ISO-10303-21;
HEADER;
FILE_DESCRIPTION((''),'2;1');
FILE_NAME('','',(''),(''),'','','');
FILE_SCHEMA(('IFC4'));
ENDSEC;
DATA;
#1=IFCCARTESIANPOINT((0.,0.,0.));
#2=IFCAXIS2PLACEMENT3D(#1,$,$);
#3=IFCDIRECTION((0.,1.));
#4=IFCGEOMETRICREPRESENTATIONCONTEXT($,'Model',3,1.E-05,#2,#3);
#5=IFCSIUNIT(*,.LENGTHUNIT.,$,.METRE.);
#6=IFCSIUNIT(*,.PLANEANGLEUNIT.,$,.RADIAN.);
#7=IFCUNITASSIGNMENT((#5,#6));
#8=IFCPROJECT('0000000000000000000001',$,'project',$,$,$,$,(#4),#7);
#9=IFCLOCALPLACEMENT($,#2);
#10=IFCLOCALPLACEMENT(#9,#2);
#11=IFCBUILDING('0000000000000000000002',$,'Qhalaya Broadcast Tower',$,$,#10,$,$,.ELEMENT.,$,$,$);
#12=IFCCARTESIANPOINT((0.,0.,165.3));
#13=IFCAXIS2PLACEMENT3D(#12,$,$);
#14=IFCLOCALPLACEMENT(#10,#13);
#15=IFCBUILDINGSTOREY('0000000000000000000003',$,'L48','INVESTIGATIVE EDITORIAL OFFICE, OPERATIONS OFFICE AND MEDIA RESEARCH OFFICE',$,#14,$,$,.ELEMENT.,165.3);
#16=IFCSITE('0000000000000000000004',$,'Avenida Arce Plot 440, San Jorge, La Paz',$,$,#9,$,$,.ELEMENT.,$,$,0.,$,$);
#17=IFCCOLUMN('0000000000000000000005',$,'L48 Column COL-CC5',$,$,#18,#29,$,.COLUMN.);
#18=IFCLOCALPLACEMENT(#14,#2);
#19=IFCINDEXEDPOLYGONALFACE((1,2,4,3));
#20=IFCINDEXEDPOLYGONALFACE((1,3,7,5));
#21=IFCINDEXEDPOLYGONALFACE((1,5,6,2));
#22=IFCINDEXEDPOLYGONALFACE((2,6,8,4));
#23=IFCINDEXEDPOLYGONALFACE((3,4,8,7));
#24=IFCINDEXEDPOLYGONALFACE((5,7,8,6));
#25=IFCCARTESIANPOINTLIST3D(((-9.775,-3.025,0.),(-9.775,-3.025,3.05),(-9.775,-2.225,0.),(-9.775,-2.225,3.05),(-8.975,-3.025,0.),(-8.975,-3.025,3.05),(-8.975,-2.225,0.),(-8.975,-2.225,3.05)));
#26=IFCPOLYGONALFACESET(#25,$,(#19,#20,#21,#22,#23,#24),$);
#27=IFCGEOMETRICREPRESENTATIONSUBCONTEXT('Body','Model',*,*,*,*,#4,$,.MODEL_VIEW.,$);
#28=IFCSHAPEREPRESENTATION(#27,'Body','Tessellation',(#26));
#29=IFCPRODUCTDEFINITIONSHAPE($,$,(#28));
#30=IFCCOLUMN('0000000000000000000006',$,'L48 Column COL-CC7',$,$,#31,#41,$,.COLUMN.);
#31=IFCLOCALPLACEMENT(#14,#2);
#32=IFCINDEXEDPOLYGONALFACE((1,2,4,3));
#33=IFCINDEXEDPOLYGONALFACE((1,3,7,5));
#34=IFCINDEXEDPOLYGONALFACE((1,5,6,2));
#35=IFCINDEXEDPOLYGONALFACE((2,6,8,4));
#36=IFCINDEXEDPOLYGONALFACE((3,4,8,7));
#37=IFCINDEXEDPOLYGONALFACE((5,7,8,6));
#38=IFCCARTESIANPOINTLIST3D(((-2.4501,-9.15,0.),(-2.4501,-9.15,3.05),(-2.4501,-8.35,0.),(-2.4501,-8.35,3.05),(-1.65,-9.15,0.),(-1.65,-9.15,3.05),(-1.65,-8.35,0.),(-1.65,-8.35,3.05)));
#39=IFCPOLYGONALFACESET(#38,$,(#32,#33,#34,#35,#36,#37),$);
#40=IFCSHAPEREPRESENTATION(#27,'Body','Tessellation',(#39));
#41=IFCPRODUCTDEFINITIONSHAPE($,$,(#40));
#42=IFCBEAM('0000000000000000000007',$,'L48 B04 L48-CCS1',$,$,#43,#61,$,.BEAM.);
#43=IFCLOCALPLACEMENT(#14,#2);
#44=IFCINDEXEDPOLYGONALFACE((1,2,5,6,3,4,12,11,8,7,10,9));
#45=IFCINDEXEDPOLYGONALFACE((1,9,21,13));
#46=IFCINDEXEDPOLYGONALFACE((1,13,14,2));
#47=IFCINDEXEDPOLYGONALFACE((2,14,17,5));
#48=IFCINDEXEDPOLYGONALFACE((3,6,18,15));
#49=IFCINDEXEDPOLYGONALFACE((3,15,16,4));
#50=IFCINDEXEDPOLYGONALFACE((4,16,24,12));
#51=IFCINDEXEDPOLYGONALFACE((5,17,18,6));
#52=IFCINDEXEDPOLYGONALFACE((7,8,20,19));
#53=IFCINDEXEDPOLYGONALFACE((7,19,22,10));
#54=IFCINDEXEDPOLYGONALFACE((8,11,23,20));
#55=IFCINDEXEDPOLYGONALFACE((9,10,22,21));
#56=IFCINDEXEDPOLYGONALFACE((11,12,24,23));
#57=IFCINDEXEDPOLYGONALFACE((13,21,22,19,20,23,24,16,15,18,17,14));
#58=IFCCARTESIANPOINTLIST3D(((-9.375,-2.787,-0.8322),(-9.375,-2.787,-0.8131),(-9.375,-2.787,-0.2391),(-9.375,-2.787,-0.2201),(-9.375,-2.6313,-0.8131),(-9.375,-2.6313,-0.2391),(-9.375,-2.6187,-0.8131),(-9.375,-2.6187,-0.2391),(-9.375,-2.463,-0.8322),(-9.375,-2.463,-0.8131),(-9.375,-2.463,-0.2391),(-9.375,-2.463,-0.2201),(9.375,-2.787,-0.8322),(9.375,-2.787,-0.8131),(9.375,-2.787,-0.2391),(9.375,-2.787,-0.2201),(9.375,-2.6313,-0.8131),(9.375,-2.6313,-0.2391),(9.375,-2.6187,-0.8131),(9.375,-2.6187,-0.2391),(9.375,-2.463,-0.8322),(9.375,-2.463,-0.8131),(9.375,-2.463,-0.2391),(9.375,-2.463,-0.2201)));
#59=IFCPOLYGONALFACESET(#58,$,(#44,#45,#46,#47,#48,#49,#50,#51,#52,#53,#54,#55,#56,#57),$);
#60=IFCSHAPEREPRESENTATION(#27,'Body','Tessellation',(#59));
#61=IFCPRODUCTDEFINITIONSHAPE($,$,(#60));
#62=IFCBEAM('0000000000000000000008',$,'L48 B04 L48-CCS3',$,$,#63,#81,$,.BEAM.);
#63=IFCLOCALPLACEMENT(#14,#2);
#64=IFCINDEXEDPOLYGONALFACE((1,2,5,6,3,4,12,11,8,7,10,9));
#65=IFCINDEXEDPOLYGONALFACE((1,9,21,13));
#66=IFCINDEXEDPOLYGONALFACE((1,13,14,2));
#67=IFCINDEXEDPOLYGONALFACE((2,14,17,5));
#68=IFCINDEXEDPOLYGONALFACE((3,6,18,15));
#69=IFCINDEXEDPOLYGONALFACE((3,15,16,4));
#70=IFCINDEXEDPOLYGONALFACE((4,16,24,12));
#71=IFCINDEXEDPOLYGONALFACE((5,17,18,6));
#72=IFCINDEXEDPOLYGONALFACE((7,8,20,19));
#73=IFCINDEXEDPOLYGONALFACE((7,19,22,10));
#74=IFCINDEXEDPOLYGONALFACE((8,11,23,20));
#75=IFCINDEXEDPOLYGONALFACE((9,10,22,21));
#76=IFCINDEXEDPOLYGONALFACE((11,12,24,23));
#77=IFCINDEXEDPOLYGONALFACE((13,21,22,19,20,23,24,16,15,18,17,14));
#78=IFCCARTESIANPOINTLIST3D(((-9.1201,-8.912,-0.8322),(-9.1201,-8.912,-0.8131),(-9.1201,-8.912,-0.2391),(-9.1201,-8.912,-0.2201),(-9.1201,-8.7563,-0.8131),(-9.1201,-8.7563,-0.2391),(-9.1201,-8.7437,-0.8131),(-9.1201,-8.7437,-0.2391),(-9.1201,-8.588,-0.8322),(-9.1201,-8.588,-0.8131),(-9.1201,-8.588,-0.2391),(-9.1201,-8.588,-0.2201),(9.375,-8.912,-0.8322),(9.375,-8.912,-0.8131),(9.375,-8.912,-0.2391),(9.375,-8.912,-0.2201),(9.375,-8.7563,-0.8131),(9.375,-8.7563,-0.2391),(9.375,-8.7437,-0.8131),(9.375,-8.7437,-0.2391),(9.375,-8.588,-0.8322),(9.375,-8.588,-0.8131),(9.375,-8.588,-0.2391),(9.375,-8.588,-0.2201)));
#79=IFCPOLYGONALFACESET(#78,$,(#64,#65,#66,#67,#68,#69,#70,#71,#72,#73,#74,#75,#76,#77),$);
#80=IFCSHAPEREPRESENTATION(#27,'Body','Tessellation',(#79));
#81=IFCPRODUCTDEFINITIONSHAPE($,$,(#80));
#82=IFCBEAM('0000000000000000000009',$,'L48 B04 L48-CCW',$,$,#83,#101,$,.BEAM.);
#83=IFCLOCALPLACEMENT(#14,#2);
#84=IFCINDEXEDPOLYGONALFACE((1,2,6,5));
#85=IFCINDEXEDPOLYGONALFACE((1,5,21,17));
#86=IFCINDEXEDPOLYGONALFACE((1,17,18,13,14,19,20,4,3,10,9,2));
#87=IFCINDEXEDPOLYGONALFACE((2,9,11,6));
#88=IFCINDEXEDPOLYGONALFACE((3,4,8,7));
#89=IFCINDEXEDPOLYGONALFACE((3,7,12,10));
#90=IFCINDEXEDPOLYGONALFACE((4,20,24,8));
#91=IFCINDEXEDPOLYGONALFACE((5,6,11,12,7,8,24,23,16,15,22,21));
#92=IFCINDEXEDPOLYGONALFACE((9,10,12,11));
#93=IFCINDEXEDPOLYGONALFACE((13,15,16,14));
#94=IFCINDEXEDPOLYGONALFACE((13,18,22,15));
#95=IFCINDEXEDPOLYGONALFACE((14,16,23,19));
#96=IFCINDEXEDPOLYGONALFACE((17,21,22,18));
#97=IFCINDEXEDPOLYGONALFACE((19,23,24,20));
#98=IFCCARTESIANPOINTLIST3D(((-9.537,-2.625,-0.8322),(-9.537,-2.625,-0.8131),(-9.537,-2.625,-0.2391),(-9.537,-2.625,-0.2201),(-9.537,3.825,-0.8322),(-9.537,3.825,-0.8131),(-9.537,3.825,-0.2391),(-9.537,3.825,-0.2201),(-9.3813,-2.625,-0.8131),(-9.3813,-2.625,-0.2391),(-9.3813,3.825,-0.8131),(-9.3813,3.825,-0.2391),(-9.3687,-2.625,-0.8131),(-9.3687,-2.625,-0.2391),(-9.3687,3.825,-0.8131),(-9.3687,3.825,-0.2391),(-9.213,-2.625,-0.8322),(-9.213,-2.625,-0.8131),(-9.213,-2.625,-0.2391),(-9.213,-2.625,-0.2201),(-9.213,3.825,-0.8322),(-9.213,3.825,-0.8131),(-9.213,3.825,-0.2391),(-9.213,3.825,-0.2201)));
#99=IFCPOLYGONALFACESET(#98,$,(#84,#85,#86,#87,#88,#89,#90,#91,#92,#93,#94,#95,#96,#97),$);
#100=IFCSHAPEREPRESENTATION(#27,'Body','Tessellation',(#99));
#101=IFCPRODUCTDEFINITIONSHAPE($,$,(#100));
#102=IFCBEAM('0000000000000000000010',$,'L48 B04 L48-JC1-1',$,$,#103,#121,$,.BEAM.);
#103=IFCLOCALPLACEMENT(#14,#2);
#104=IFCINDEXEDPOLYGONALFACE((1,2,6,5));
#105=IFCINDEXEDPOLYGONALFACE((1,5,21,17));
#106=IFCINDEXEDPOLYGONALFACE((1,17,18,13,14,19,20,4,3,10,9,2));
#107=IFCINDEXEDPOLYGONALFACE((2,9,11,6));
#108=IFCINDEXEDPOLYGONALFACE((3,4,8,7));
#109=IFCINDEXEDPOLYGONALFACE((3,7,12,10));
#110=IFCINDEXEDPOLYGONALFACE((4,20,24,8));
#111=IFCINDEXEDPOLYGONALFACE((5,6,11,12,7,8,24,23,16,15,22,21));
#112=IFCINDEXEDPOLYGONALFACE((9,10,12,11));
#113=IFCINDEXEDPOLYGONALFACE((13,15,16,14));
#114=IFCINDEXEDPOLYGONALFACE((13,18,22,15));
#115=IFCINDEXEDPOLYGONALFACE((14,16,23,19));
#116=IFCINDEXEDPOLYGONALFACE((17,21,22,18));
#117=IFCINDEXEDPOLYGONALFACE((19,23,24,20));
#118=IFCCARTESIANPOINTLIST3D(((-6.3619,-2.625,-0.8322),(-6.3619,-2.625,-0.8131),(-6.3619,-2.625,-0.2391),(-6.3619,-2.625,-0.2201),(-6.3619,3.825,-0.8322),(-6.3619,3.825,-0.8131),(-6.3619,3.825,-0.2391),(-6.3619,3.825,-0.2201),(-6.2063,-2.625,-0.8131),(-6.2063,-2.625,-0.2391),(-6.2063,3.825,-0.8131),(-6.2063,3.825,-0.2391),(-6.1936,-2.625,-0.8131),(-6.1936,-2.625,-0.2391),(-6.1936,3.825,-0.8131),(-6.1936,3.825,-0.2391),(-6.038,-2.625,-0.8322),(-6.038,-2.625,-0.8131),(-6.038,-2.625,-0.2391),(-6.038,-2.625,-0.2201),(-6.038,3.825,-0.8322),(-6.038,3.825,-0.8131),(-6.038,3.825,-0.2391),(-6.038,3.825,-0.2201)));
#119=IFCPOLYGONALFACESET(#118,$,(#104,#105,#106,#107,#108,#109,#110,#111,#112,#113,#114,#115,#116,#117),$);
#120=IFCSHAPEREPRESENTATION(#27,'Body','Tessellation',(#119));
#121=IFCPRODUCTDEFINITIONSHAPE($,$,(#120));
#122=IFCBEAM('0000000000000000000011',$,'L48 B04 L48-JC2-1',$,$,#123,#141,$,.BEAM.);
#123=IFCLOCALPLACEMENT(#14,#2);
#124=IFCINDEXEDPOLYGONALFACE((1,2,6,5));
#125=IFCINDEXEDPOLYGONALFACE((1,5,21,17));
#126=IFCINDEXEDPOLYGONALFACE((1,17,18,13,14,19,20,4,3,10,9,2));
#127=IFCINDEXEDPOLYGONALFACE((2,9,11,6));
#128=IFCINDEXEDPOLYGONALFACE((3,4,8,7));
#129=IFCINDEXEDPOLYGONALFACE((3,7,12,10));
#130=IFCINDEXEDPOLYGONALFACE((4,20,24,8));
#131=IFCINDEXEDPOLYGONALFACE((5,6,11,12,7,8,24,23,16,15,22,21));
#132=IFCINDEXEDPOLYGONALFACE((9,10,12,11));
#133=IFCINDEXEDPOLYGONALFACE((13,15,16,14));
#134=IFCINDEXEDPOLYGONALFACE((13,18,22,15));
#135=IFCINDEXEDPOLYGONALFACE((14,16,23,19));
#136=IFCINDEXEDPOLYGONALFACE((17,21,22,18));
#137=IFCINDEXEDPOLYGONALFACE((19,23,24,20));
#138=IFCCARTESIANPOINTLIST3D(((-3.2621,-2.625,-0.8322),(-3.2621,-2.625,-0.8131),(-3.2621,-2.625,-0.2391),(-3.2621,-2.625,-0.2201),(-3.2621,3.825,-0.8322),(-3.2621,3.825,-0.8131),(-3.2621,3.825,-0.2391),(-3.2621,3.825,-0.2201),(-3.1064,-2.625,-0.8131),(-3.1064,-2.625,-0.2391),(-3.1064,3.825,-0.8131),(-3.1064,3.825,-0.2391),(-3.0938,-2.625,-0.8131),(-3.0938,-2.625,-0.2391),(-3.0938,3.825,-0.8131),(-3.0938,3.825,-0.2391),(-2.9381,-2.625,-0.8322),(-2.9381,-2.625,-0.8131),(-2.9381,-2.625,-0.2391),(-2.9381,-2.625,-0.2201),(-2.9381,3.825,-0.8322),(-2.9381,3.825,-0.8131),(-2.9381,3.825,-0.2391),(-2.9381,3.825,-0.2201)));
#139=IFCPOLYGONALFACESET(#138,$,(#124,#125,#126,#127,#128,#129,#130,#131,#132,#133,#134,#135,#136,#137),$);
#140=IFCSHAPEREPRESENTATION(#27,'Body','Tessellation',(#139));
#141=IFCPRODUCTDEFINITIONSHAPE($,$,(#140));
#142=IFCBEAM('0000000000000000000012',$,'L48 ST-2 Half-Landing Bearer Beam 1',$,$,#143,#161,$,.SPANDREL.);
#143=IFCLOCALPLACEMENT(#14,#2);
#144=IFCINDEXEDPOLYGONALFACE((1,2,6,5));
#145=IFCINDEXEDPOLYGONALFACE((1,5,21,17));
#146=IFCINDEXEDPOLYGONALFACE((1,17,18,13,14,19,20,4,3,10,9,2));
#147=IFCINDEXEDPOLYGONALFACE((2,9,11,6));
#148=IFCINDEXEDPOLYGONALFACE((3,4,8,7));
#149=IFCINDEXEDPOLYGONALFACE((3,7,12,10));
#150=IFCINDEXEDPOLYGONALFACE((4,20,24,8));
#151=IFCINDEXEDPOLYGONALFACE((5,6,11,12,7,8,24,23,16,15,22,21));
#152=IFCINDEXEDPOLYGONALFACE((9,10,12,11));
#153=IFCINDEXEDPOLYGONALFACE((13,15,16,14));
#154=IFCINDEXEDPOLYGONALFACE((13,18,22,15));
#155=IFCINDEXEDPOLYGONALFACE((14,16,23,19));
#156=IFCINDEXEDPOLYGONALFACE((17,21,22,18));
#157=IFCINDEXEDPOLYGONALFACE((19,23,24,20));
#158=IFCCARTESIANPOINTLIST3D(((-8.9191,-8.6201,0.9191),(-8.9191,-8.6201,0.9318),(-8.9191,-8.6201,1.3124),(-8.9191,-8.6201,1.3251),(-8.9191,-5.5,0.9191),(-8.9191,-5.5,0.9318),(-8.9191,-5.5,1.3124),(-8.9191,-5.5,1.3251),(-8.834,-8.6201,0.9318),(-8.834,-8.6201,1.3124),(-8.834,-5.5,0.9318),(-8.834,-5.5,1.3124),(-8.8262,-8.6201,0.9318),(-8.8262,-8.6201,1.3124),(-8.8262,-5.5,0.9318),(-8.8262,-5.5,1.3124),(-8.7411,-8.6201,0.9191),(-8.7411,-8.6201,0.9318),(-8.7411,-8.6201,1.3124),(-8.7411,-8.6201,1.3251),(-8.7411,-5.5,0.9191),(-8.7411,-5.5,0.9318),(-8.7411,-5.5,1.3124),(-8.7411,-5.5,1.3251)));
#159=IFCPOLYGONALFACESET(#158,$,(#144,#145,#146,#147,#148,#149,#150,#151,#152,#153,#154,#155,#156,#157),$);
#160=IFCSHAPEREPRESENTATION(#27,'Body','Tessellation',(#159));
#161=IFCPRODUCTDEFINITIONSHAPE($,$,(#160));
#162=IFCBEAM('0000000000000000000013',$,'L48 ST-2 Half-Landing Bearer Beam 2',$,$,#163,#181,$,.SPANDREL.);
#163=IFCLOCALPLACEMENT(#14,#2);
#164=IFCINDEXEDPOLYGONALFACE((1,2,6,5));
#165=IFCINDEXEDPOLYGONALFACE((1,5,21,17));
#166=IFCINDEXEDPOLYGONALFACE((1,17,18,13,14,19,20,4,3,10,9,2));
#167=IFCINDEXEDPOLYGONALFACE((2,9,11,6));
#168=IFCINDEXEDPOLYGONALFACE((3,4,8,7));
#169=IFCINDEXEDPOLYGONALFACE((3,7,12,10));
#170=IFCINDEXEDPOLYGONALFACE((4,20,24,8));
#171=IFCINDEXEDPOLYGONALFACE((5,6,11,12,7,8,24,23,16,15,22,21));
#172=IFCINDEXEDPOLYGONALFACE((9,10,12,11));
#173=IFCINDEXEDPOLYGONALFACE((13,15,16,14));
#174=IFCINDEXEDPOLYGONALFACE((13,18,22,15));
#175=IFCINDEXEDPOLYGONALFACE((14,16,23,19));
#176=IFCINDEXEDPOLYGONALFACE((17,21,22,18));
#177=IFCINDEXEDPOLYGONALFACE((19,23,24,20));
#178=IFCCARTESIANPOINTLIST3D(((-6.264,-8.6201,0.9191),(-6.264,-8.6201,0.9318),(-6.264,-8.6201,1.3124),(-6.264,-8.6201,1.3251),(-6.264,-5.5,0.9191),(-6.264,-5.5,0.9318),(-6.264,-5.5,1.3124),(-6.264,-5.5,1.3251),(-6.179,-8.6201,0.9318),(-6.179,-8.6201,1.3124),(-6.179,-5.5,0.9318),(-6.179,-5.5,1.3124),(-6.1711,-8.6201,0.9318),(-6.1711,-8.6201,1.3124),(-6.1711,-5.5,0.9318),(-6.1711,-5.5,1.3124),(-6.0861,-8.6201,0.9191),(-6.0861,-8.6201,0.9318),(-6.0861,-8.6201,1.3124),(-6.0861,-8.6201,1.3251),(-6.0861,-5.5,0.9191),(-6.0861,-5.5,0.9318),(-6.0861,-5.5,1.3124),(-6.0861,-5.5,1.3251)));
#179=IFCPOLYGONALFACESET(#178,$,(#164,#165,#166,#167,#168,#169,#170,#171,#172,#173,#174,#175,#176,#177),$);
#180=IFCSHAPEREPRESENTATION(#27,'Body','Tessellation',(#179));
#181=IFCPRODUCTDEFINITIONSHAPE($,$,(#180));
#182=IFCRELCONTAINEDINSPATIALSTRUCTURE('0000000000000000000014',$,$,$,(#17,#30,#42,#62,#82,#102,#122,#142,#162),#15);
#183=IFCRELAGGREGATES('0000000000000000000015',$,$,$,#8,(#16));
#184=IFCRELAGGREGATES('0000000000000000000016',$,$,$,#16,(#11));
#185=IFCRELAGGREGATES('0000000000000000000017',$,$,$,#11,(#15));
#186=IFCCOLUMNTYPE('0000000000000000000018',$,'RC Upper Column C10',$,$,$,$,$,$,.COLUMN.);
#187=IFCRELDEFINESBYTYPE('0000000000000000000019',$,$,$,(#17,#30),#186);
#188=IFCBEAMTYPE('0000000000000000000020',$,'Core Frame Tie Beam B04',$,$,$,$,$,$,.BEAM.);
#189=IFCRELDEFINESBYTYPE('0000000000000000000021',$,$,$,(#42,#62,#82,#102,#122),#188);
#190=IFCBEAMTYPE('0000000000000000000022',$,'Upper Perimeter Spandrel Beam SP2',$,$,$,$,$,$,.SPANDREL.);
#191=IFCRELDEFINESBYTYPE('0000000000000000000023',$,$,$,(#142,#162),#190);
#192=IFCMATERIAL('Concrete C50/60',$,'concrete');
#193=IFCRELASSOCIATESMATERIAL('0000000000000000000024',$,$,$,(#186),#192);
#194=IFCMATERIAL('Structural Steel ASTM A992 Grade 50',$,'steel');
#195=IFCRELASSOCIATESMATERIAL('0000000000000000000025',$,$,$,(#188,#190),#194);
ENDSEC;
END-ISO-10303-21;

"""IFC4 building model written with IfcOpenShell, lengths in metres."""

from ifc_helpers import new_model, si_unit, direction, frame, origin, origin_2d, place, context, subcontext, project, spatial, rectangle, i_section, extrude, material, material_profile, profile_set, type_object, element, save


model = new_model("IFC4")

# Units and contexts
model_context = context("Model", 3, precision=1e-05, world=origin(), true_north=direction((0.0, 1.0)))
body_context = subcontext(model_context, "Body", "Model", "MODEL_VIEW")
ifc_project = project(units=[si_unit("LENGTHUNIT", "METRE"), si_unit("PLANEANGLEUNIT", "RADIAN")], contexts=[model_context])

# Site, building, storey
site_placement = place(None, origin())
site = spatial("IfcSite", under=ifc_project, at=site_placement, Name="Avenida Arce Plot 440, San Jorge, La Paz", CompositionType="ELEMENT", RefElevation=0.0)
building_placement = place(site_placement, origin())
building = spatial("IfcBuilding", under=site, at=building_placement, Name="Qhalaya Broadcast Tower", CompositionType="ELEMENT")
storey_placement = place(building_placement, frame((0.0, 0.0, 165.3)))
storey = spatial("IfcBuildingStorey", under=building, at=storey_placement, Name="L48", Description="INVESTIGATIVE EDITORIAL OFFICE, OPERATIONS OFFICE AND MEDIA RESEARCH OFFICE", CompositionType="ELEMENT", Elevation=165.3)

# Columns
ifc_material_1 = material(Name="Concrete C50/60", Category="concrete")
ifc_material_profile_1 = material_profile(ifc_material_1, rectangle(XDim=0.8, YDim=0.8, at=origin_2d()), Name="RC-COL 800x800")
ifc_profile_set_1 = profile_set([ifc_material_profile_1], Name="Concrete C50/60")
column_type = type_object("IfcColumnType", Name="RC Upper Column C10", PredefinedType="COLUMN", material=ifc_profile_set_1)
for number, where, z_axis, x_axis, name in (
    (1, (-9.375, -2.625, 0.0), (0.0, 0.0, 1.0), (1.0, 0.0, 0.0), "L48 Column COL-CC5"),
    (2, (-2.05, -8.75, 0.0), (0.0, 0.0, 1.0), (1.0, 0.0, 0.0), "L48 Column COL-CC7"),
):
    element("IfcColumn", number, at=place(storey_placement, frame(where, z_axis=z_axis, x_axis=x_axis)), inside=storey, type_object=column_type, Name=name, PredefinedType="COLUMN", context=body_context, shape_type="SweptSolid", body=[
        extrude(rectangle(XDim=0.8, YDim=0.8, at=origin_2d()), origin(), (0.0, 0.0, 1.0), 3.05),
    ])

# Beams
ifc_material_2 = material(Name="Structural Steel ASTM A992 Grade 50", Category="steel")
ifc_material_profile_2 = material_profile(ifc_material_2, i_section(OverallWidth=0.324, OverallDepth=0.6121, WebThickness=0.0127, FlangeThickness=0.019, at=origin_2d()), Name="W24X104")
ifc_profile_set_2 = profile_set([ifc_material_profile_2], Name="Structural Steel ASTM A992 Grade 50")
beam_type_1 = type_object("IfcBeamType", Name="Core Frame Tie Beam B04", PredefinedType="BEAM", material=ifc_profile_set_2)
beam_1_placement = place(storey_placement, frame((-9.375, -2.625, -0.5261), z_axis=(1.0, 0.0, 0.0), x_axis=(0.0, 1.0, 0.0)))
element("IfcBeam", 3, at=beam_1_placement, inside=storey, type_object=beam_type_1, Name="L48 B04 L48-CCS1", PredefinedType="BEAM", context=body_context, shape_type="SweptSolid", body=[
    extrude(i_section(OverallWidth=0.324, OverallDepth=0.6121, WebThickness=0.0127, FlangeThickness=0.019, at=origin_2d()), origin(), (0.0, 0.0, 1.0), 18.75),
])
beam_2_placement = place(storey_placement, frame((-9.1201, -8.75, -0.5261), z_axis=(1.0, 0.0, 0.0), x_axis=(0.0, 1.0, 0.0)))
element("IfcBeam", 4, at=beam_2_placement, inside=storey, type_object=beam_type_1, Name="L48 B04 L48-CCS3", PredefinedType="BEAM", context=body_context, shape_type="SweptSolid", body=[
    extrude(i_section(OverallWidth=0.324, OverallDepth=0.6121, WebThickness=0.0127, FlangeThickness=0.019, at=origin_2d()), origin(), (0.0, 0.0, 1.0), 18.4951),
])
for number, where, z_axis, x_axis, name in (
    (5, (-9.375, -2.625, -0.5261), (0.0, 1.0, 0.0), (-1.0, 0.0, 0.0), "L48 B04 L48-CCW"),
    (6, (-6.2, -2.625, -0.5261), (0.0, 1.0, 0.0), (-1.0, 0.0, 0.0), "L48 B04 L48-JC1-1"),
    (7, (-3.1001, -2.625, -0.5261), (0.0, 1.0, 0.0), (-1.0, 0.0, 0.0), "L48 B04 L48-JC2-1"),
):
    element("IfcBeam", number, at=place(storey_placement, frame(where, z_axis=z_axis, x_axis=x_axis)), inside=storey, type_object=beam_type_1, Name=name, PredefinedType="BEAM", context=body_context, shape_type="SweptSolid", body=[
        extrude(i_section(OverallWidth=0.324, OverallDepth=0.6121, WebThickness=0.0127, FlangeThickness=0.019, at=origin_2d()), origin(), (0.0, 0.0, 1.0), 6.45),
    ])
ifc_material_profile_3 = material_profile(ifc_material_2, i_section(OverallWidth=0.178, OverallDepth=0.406, WebThickness=0.0078, FlangeThickness=0.0127, at=origin_2d()), Name="W16X40")
ifc_profile_set_3 = profile_set([ifc_material_profile_3], Name="Structural Steel ASTM A992 Grade 50")
beam_type_2 = type_object("IfcBeamType", Name="Upper Perimeter Spandrel Beam SP2", PredefinedType="SPANDREL", material=ifc_profile_set_3)
for number, where, z_axis, x_axis, name in (
    (8, (-8.8301, -8.6201, 1.1221), (0.0, 1.0, 0.0), (-1.0, 0.0, 0.0), "L48 ST-2 Half-Landing Bearer Beam 1"),
    (9, (-6.175, -8.6201, 1.1221), (0.0, 1.0, 0.0), (-1.0, 0.0, 0.0), "L48 ST-2 Half-Landing Bearer Beam 2"),
):
    element("IfcBeam", number, at=place(storey_placement, frame(where, z_axis=z_axis, x_axis=x_axis)), inside=storey, type_object=beam_type_2, Name=name, PredefinedType="SPANDREL", context=body_context, shape_type="SweptSolid", body=[
        extrude(i_section(OverallWidth=0.178, OverallDepth=0.406, WebThickness=0.0078, FlangeThickness=0.0127, at=origin_2d()), origin(), (0.0, 0.0, 1.0), 3.1201),
    ])

save(model, "model.ifc")
